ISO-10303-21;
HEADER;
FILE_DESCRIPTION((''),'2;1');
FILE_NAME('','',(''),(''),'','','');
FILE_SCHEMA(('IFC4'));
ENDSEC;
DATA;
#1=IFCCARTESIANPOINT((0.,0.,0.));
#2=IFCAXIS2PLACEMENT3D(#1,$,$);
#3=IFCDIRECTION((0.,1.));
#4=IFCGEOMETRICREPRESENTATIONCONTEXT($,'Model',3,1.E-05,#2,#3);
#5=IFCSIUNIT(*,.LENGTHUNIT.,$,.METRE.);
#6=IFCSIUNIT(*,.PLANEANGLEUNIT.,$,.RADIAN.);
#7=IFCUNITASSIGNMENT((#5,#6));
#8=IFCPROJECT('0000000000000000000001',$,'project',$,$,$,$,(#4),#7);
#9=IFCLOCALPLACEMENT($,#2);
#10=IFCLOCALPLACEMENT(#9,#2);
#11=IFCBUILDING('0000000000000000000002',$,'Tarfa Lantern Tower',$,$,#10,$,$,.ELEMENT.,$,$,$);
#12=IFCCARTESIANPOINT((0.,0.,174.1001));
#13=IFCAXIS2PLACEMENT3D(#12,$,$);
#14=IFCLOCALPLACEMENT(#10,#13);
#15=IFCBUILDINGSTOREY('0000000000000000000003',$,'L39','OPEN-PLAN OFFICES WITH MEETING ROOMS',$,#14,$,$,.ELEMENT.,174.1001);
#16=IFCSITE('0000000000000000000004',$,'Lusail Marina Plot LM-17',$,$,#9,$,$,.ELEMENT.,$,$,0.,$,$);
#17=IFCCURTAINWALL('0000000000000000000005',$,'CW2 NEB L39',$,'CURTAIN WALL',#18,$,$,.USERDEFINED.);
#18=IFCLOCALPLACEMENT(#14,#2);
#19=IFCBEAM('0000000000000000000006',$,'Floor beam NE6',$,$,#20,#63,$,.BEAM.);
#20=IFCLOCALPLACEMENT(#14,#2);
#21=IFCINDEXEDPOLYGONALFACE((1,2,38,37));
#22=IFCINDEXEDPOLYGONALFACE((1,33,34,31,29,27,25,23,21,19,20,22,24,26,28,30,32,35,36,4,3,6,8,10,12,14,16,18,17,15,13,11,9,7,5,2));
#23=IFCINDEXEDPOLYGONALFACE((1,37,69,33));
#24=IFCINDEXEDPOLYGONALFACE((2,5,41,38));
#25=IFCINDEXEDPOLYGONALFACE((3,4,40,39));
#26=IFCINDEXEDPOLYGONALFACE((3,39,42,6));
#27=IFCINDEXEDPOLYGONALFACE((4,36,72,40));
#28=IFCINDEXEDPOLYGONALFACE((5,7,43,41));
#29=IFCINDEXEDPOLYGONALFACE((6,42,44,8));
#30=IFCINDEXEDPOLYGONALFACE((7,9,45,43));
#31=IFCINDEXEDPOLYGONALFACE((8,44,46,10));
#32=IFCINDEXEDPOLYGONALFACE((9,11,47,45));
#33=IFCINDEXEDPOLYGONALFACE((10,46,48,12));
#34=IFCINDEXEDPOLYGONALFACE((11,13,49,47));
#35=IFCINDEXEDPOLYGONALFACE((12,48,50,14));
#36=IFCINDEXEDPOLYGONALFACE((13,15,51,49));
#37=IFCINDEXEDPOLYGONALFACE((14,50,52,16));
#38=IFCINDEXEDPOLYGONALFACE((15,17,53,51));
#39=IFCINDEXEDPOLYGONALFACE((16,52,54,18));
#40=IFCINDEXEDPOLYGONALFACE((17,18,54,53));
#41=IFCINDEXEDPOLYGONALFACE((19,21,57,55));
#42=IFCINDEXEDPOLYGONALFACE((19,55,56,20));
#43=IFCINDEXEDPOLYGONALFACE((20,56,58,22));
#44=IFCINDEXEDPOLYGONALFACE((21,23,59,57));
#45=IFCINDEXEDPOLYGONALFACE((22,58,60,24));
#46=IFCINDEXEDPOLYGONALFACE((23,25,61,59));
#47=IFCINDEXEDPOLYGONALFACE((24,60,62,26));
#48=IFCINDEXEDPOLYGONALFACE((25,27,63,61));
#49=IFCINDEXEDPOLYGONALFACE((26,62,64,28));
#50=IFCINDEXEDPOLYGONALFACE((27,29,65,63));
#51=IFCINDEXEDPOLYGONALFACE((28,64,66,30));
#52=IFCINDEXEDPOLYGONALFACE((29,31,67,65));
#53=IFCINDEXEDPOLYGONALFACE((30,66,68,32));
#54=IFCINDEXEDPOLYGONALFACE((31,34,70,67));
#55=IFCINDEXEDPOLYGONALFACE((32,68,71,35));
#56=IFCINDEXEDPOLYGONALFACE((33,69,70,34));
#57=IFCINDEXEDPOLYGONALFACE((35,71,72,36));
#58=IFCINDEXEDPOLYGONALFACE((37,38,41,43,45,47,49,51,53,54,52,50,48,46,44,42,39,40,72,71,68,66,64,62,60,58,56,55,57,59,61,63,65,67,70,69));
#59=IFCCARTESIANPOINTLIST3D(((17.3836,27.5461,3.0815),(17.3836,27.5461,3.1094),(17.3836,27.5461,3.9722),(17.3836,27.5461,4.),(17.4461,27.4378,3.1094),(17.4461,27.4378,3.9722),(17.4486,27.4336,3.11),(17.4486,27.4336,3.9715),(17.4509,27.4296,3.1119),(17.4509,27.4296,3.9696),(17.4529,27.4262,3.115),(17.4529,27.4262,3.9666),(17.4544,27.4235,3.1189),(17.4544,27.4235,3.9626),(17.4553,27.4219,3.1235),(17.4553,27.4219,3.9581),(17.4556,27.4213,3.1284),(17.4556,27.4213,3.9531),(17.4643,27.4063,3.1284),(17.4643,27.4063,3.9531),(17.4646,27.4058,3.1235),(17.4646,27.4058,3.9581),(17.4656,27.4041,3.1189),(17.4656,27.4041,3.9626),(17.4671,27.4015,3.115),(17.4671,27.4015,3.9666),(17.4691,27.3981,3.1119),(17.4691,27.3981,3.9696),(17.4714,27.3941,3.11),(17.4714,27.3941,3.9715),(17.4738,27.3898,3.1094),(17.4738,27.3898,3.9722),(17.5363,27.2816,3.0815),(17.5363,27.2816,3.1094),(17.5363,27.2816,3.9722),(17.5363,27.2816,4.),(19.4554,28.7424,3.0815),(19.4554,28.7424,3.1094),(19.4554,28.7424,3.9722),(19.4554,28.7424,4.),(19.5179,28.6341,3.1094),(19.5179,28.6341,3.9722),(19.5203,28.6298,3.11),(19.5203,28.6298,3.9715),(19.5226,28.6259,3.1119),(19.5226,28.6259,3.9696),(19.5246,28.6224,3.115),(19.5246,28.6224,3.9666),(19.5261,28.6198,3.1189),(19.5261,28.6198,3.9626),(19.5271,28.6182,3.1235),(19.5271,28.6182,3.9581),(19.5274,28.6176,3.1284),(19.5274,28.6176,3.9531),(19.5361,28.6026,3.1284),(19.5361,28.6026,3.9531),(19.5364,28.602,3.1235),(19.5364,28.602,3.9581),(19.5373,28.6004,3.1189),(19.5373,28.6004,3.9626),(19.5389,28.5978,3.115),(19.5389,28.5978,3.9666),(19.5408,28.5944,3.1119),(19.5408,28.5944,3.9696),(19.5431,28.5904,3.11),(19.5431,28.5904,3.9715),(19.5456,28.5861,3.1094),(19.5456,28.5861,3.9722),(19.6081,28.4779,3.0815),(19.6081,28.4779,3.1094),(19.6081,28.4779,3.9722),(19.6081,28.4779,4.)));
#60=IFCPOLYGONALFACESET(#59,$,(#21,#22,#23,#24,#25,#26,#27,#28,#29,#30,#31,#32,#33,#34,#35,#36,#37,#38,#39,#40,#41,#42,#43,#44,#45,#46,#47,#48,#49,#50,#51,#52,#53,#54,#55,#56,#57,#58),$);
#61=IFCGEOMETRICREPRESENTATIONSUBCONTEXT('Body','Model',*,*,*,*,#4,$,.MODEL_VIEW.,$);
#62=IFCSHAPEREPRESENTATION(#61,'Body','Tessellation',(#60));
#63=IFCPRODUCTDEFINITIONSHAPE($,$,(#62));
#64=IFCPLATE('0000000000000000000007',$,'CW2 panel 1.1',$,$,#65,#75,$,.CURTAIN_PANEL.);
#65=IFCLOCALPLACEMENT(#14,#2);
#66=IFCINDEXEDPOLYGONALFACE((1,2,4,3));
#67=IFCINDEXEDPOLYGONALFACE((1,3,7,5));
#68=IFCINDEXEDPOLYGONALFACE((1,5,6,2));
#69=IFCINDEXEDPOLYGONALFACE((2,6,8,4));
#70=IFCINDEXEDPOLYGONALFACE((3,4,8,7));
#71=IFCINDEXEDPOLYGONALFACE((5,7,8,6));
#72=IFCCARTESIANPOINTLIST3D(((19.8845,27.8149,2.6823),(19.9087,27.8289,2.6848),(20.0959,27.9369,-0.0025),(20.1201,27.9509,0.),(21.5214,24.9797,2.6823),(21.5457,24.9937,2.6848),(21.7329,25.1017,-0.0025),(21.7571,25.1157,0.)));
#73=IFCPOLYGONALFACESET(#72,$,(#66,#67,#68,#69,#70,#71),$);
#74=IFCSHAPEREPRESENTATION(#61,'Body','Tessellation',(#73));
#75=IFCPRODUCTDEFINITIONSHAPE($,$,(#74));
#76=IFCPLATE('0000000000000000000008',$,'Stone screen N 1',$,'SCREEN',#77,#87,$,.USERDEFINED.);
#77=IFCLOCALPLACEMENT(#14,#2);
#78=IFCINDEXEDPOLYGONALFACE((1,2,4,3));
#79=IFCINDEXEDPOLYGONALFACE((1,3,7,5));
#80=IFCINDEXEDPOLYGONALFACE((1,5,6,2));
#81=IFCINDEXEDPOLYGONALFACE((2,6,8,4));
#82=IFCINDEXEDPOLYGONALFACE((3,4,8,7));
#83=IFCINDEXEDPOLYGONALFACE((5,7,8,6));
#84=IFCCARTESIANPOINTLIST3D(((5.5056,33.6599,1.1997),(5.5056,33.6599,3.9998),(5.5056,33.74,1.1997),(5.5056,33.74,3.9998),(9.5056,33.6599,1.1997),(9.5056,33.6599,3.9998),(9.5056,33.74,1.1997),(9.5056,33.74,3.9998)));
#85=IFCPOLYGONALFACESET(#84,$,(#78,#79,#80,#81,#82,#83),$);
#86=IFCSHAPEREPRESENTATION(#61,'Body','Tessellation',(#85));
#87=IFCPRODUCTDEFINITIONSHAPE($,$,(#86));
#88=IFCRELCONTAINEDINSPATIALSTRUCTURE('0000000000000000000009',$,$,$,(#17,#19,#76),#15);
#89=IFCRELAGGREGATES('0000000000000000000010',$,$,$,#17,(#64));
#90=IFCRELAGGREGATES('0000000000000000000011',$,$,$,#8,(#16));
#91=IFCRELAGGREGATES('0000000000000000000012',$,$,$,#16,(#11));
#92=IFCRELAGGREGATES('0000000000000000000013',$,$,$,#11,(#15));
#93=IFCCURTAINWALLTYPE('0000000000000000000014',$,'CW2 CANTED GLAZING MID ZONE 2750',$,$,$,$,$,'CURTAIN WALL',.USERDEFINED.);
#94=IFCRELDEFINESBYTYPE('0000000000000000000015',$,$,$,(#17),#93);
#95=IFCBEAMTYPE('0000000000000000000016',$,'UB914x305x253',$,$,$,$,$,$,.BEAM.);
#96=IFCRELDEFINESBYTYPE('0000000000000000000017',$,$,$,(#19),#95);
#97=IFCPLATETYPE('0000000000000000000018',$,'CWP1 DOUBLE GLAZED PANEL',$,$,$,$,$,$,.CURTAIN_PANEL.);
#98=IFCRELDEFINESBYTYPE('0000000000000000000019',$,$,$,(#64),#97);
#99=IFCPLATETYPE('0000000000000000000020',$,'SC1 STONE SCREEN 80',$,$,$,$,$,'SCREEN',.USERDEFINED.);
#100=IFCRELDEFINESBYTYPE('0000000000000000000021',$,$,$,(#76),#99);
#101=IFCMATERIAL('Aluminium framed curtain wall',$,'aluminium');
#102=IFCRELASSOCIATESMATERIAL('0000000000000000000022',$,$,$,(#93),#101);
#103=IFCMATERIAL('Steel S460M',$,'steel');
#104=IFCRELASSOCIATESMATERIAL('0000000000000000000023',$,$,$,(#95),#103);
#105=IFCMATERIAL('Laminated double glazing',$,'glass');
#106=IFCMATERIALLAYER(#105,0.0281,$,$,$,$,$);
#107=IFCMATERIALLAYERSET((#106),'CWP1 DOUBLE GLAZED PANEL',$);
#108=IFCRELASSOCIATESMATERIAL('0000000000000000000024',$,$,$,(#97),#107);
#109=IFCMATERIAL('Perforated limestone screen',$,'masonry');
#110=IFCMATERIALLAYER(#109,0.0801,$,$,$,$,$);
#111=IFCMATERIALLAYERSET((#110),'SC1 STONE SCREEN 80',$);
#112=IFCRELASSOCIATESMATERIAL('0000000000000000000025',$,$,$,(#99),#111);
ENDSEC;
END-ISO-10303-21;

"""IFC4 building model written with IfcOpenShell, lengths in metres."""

from ifc_helpers import new_model, si_unit, direction, frame, origin, origin_2d, place, context, subcontext, project, spatial, polyline, rectangle, i_section, outline, extrude, material, layer, layer_set, material_profile, profile_set, type_object, element, aggregate, save


model = new_model("IFC4")

# Units and contexts
model_context = context("Model", 3, precision=1e-05, world=origin(), true_north=direction((0.0, 1.0)))
body_context = subcontext(model_context, "Body", "Model", "MODEL_VIEW")
ifc_project = project(units=[si_unit("LENGTHUNIT", "METRE"), si_unit("PLANEANGLEUNIT", "RADIAN")], contexts=[model_context])

# Site, building, storey
site_placement = place(None, origin())
site = spatial("IfcSite", under=ifc_project, at=site_placement, Name="Lusail Marina Plot LM-17", CompositionType="ELEMENT", RefElevation=0.0)
building_placement = place(site_placement, origin())
building = spatial("IfcBuilding", under=site, at=building_placement, Name="Tarfa Lantern Tower", CompositionType="ELEMENT")
storey_placement = place(building_placement, frame((0.0, 0.0, 174.1001)))
storey = spatial("IfcBuildingStorey", under=building, at=storey_placement, Name="L39", Description="OPEN-PLAN OFFICES WITH MEETING ROOMS", CompositionType="ELEMENT", Elevation=174.1001)

# Shared definitions
ifc_material_1 = material(Name="Aluminium framed curtain wall", Category="aluminium")
curtain_wall_type = type_object("IfcCurtainWallType", Name="CW2 CANTED GLAZING MID ZONE 2750", ElementType="CURTAIN WALL", PredefinedType="USERDEFINED", material=ifc_material_1)

# Curtain wall
curtain_wall_1_placement = place(storey_placement, origin())
curtain_wall_1 = element("IfcCurtainWall", 1, at=curtain_wall_1_placement, inside=storey, type_object=curtain_wall_type, Name="CW2 NEB L39", ObjectType="CURTAIN WALL", PredefinedType="USERDEFINED")

# Beam
ifc_material_2 = material(Name="Steel S460M", Category="steel")
ifc_material_profile_1 = material_profile(ifc_material_2, i_section(OverallWidth=0.3054, OverallDepth=0.9185, WebThickness=0.0173, FlangeThickness=0.0278, FilletRadius=0.019, at=origin_2d()), Name="UB914x305x253")
ifc_profile_set_1 = profile_set([ifc_material_profile_1], Name="Steel S460M")
beam_type_1 = type_object("IfcBeamType", Name="UB914x305x253", PredefinedType="BEAM", material=ifc_profile_set_1)
beam_1_placement = place(storey_placement, frame((19.5317, 28.6101, 3.5408), z_axis=(-0.865999, -0.500046, 0.0), x_axis=(0.500046, -0.865999, 0.0)))
element("IfcBeam", 2, at=beam_1_placement, inside=storey, type_object=beam_type_1, Name="Floor beam NE6", PredefinedType="BEAM", context=body_context, shape_type="SweptSolid", body=[
    extrude(i_section(OverallWidth=0.3054, OverallDepth=0.9185, WebThickness=0.0173, FlangeThickness=0.0278, FilletRadius=0.019, at=origin_2d()), origin(), (0.0, 0.0, 1.0), 2.3923),
])

# Plates
ifc_material_3 = material(Name="Laminated double glazing", Category="glass")
ifc_layer_1 = layer(ifc_material_3, 0.0281)
ifc_layer_set_1 = layer_set([ifc_layer_1], Name="CWP1 DOUBLE GLAZED PANEL")
plate_type_1 = type_object("IfcPlateType", Name="CWP1 DOUBLE GLAZED PANEL", PredefinedType="CURTAIN_PANEL", material=ifc_layer_set_1)
plate_1_placement = place(storey_placement, frame((21.7571, 25.1157, 0.0), z_axis=(0.86246, 0.497958, 0.090558), x_axis=(-0.500013, 0.866018, 0.0)))
plate_1 = element("IfcPlate", 3, at=plate_1_placement, type_object=plate_type_1, Name="CW2 panel 1.1", PredefinedType="CURTAIN_PANEL", context=body_context, shape_type="SweptSolid", body=[
    extrude(outline(polyline([(0.0, 0.0), (3.2738, 0.0), (3.2738, 2.6959), (0.0, 2.6959), (0.0, 0.0)])), origin(), (0.0, 0.0, -1.0), 0.0281),
])
aggregate(curtain_wall_1, [plate_1])
ifc_material_4 = material(Name="Perforated limestone screen", Category="masonry")
ifc_layer_2 = layer(ifc_material_4, 0.0801)
ifc_layer_set_2 = layer_set([ifc_layer_2], Name="SC1 STONE SCREEN 80")
plate_type_2 = type_object("IfcPlateType", Name="SC1 STONE SCREEN 80", ElementType="SCREEN", PredefinedType="USERDEFINED", material=ifc_layer_set_2)
plate_2_placement = place(storey_placement, frame((7.5056, 33.7, 1.1997), z_axis=(0.0, 0.0, 1.0), x_axis=(-1.0, 0.0, 0.0)))
element("IfcPlate", 4, at=plate_2_placement, inside=storey, type_object=plate_type_2, Name="Stone screen N 1", ObjectType="SCREEN", PredefinedType="USERDEFINED", context=body_context, shape_type="SweptSolid", body=[
    extrude(rectangle(XDim=4.0, YDim=0.0801, at=origin_2d()), origin(), (0.0, 0.0, 1.0), 2.8),
])

save(model, "model.ifc")
